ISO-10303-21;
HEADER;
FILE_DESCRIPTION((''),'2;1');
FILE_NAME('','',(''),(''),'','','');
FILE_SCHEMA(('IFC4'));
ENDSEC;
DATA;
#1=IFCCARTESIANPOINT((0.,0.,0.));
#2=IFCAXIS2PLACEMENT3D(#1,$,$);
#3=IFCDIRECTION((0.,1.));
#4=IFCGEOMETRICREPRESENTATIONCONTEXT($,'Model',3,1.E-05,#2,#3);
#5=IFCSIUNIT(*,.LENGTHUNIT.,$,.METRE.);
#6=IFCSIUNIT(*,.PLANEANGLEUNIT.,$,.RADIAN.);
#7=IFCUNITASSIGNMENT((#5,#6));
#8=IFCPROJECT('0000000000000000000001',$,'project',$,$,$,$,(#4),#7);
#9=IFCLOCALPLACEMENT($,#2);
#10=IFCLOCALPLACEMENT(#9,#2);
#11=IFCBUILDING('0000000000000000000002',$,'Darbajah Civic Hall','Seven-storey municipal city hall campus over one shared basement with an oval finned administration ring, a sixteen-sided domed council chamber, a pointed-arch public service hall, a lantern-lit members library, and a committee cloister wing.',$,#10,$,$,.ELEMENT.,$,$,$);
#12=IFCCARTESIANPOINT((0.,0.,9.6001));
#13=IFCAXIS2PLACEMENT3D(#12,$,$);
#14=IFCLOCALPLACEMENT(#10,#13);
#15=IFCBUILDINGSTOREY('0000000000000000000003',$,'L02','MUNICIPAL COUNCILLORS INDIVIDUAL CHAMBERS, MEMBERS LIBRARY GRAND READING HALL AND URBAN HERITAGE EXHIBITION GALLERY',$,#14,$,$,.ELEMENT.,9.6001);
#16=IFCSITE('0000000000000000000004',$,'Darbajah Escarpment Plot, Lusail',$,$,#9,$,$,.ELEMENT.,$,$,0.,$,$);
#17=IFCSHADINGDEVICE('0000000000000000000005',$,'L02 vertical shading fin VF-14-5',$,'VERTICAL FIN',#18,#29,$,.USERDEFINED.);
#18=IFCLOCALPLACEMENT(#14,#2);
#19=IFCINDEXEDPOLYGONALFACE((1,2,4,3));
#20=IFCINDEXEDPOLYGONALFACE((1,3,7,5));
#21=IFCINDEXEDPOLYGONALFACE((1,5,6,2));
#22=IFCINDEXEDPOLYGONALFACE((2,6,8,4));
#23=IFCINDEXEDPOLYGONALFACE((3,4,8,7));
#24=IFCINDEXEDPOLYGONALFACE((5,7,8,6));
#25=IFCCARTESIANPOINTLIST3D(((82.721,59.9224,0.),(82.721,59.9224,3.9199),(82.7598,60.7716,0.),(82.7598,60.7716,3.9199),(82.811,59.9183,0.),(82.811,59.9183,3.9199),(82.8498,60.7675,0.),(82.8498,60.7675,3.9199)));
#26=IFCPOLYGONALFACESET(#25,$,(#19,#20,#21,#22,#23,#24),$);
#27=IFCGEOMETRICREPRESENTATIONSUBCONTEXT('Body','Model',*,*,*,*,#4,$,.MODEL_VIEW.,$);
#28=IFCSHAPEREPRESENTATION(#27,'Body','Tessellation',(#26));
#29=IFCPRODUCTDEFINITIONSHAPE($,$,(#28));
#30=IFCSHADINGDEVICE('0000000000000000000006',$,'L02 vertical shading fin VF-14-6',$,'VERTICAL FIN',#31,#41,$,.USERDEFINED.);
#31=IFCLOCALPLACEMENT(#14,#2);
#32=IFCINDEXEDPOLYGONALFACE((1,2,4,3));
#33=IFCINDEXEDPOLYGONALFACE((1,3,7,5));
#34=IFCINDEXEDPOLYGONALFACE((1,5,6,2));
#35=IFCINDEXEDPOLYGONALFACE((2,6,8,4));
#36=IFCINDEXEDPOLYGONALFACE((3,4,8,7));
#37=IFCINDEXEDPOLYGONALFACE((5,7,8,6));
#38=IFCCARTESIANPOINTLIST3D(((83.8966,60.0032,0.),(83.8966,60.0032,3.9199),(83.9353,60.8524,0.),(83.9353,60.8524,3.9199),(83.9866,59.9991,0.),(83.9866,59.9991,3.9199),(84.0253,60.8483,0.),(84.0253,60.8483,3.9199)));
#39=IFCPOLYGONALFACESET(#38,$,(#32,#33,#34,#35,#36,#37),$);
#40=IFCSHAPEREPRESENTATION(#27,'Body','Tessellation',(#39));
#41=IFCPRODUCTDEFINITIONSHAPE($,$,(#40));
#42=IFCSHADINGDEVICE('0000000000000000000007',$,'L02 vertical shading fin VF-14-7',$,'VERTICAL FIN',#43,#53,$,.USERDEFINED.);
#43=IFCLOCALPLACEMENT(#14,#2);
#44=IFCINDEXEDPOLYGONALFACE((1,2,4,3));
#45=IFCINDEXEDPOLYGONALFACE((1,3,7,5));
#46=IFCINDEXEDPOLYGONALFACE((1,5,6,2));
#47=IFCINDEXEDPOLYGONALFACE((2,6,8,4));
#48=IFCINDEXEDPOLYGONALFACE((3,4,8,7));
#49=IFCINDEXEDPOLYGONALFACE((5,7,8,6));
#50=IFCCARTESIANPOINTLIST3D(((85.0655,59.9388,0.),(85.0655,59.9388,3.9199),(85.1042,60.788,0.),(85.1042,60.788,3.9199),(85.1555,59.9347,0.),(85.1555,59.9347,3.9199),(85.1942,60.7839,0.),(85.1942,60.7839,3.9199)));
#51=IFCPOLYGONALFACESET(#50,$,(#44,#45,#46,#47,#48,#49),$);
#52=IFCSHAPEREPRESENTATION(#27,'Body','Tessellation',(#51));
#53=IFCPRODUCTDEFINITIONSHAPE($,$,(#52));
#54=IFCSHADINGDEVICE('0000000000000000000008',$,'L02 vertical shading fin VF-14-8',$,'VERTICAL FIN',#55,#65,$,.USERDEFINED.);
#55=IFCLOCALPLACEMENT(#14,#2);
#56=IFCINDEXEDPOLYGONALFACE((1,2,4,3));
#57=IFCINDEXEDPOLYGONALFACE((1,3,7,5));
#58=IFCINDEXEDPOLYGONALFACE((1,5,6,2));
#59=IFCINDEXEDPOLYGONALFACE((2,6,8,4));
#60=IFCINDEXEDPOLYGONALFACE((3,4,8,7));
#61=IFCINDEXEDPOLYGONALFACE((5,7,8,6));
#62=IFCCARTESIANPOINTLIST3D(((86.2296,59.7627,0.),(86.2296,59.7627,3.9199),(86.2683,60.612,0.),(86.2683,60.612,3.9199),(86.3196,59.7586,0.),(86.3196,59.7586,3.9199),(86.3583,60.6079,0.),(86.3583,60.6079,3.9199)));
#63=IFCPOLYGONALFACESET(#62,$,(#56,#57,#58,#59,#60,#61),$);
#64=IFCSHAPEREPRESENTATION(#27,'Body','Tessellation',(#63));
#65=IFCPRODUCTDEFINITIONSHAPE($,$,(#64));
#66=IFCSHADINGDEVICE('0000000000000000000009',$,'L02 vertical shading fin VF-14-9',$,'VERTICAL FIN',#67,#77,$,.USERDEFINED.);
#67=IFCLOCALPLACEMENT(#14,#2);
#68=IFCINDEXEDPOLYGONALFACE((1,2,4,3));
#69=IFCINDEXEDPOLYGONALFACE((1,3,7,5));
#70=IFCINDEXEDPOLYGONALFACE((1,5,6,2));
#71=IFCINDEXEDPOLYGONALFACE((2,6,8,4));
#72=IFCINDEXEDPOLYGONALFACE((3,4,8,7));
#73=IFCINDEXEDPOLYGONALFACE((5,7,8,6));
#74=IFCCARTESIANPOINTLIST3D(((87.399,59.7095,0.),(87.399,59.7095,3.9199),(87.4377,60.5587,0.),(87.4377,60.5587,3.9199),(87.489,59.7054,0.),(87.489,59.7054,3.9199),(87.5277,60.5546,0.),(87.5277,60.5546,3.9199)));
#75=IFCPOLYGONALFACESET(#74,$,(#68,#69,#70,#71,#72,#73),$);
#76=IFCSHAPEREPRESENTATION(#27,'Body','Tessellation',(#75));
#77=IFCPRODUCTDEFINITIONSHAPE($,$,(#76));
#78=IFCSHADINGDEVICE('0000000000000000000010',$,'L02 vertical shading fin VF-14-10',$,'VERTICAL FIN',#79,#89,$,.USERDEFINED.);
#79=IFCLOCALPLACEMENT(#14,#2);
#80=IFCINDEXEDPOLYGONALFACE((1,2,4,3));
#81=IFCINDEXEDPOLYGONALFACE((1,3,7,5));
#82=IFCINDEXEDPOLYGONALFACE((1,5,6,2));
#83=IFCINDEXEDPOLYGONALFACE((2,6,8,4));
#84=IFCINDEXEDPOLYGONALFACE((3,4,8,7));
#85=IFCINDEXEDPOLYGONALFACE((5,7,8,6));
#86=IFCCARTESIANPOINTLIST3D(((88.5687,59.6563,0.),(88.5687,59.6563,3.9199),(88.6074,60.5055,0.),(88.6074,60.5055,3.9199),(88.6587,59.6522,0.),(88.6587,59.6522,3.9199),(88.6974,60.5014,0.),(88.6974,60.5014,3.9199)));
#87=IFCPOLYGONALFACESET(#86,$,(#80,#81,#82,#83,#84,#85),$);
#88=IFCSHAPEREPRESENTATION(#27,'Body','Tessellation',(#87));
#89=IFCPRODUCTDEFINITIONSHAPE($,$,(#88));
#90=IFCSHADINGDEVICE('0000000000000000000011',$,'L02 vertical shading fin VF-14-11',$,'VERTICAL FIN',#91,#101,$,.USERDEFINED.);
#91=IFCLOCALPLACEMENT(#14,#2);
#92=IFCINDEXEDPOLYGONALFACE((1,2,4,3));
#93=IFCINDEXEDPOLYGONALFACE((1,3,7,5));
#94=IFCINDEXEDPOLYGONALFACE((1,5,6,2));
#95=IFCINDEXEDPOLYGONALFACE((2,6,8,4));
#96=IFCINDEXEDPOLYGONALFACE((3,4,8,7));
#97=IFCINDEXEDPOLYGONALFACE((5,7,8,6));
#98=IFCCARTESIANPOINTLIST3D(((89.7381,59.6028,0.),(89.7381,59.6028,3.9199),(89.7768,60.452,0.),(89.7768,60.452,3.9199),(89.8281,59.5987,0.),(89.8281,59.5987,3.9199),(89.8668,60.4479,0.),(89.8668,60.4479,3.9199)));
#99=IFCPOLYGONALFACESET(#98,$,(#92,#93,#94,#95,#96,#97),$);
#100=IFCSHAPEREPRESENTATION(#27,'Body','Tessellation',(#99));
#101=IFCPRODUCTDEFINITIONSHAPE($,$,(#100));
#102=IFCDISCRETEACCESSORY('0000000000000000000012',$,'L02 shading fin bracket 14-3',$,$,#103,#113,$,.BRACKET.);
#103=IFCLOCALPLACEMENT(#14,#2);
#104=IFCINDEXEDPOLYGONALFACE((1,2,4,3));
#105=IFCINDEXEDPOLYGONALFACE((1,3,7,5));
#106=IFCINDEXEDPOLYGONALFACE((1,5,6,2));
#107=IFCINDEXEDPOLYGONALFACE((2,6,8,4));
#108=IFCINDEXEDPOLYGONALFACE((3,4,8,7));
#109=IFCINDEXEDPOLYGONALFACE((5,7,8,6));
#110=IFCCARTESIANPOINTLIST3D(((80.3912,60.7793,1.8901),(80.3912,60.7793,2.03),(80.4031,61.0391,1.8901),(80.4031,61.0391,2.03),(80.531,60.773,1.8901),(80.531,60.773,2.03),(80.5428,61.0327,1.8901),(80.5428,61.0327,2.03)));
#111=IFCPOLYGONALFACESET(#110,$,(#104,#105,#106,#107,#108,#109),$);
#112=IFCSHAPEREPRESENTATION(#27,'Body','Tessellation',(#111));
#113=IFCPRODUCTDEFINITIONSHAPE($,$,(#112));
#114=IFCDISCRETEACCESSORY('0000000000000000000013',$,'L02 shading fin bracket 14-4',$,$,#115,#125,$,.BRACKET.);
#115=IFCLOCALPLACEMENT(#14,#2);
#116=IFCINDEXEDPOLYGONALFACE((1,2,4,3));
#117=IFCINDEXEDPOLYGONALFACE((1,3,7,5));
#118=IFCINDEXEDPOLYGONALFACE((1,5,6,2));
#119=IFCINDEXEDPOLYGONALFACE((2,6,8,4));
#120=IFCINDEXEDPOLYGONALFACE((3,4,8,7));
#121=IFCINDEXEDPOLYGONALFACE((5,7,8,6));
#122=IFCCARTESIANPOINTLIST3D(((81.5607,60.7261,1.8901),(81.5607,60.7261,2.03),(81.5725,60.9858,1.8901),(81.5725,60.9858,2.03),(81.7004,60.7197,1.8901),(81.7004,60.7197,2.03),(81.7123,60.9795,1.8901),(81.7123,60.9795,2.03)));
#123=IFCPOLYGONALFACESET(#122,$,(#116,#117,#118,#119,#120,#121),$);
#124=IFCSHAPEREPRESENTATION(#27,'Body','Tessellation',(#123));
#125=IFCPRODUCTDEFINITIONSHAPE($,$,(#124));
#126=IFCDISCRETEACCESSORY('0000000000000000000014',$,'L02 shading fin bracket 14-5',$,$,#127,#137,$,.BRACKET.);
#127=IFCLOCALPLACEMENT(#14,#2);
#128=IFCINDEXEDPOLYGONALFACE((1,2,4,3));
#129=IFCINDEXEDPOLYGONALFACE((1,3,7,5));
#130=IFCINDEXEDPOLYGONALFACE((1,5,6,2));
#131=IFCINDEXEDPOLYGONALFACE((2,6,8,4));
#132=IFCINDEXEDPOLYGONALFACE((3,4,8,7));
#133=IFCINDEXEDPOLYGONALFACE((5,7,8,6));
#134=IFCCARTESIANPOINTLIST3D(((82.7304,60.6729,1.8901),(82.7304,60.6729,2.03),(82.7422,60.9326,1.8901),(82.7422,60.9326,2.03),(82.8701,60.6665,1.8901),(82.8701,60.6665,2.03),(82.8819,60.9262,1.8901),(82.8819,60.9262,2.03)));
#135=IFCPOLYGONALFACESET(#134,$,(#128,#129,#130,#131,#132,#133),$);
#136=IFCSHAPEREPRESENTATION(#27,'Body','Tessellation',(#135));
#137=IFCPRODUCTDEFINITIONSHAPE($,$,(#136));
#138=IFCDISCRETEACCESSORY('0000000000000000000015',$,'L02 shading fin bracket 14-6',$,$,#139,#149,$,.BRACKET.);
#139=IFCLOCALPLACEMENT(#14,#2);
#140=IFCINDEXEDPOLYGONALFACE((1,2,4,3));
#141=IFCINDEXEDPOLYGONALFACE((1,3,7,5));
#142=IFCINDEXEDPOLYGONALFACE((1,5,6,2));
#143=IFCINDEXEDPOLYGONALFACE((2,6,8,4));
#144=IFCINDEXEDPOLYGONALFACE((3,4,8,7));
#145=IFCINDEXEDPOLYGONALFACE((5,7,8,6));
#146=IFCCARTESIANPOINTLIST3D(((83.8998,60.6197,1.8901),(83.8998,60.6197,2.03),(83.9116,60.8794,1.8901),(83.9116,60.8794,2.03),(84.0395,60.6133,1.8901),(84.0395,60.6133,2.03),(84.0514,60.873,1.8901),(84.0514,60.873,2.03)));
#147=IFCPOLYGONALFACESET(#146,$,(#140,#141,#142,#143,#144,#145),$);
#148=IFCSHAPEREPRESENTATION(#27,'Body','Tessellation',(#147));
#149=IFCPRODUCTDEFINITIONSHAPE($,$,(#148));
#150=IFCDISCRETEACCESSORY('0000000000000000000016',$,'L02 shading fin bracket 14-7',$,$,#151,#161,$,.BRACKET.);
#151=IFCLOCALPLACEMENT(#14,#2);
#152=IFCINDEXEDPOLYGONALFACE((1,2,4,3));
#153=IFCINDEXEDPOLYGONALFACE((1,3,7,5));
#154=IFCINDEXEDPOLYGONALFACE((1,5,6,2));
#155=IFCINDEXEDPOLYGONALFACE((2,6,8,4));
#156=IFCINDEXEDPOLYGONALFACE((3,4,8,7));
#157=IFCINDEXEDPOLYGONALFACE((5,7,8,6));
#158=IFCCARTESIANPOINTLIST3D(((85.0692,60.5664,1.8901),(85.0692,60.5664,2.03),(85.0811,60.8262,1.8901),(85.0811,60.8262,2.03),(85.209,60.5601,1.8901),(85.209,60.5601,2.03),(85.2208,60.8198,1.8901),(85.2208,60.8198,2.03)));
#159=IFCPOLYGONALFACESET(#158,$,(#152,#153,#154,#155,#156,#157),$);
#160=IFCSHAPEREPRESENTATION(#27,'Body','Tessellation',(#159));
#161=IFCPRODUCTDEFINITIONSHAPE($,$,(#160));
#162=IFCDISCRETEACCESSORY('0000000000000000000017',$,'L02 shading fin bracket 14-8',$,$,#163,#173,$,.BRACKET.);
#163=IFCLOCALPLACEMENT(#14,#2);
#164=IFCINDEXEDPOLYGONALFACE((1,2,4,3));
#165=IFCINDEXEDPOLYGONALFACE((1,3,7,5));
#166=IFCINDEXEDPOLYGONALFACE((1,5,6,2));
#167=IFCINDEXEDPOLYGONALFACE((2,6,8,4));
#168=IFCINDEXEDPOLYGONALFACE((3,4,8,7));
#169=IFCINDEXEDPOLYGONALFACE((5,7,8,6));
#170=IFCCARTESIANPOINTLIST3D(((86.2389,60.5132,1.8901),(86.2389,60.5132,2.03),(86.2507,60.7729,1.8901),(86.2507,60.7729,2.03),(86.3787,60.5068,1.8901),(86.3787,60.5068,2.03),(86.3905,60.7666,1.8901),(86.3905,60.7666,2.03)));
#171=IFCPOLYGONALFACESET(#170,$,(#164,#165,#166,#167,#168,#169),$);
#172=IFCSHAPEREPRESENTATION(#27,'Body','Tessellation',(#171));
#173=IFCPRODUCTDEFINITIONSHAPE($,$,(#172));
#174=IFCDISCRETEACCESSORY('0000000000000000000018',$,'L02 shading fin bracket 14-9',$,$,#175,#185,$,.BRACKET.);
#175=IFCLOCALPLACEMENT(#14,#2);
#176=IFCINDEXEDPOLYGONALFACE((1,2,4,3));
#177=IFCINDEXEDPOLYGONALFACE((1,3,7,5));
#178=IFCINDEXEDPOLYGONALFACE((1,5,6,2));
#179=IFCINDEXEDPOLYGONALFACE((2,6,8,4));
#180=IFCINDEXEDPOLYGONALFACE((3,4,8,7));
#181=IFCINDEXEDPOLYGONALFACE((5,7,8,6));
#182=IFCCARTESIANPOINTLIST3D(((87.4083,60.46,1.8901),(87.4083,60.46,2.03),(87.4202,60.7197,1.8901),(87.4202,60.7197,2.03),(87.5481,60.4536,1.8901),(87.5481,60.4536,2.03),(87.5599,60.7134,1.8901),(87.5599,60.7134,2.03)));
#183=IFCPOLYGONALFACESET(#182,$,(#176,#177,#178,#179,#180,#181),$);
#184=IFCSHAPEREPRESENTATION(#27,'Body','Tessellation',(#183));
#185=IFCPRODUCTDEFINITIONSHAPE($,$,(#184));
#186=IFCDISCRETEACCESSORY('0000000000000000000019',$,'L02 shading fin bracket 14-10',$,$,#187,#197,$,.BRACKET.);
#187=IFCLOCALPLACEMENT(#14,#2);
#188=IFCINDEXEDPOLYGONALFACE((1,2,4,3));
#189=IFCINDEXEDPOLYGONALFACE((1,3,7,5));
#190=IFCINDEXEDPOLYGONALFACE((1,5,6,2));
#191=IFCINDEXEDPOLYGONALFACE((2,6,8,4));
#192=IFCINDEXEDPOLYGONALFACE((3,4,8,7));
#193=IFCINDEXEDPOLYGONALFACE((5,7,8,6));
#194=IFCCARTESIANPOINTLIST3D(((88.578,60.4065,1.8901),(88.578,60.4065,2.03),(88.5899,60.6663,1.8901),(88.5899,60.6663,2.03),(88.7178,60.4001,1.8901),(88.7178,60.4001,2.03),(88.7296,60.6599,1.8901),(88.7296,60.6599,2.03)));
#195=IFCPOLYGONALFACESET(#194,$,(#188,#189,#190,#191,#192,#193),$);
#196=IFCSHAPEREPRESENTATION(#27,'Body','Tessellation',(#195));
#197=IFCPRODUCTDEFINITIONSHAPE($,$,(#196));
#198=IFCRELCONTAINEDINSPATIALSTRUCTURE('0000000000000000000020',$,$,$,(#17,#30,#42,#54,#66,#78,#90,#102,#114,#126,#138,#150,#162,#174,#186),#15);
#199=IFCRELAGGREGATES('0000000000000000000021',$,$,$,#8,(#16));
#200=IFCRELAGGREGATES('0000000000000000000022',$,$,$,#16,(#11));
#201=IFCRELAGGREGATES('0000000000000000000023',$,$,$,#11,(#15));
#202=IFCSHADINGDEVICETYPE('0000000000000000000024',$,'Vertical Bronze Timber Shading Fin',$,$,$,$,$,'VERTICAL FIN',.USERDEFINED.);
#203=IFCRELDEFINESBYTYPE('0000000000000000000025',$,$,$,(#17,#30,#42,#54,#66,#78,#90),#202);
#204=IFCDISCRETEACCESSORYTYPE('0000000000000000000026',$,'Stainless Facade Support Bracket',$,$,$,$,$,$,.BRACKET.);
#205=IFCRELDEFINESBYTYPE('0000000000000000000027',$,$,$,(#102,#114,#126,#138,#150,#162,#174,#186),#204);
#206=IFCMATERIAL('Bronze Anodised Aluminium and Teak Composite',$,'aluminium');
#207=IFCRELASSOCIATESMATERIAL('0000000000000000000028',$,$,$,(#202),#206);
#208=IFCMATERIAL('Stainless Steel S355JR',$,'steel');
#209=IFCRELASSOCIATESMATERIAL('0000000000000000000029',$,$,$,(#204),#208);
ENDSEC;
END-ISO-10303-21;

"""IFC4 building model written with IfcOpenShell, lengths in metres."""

from ifc_helpers import new_model, si_unit, direction, frame, origin, origin_2d, place, context, subcontext, project, spatial, rectangle, extrude, material, type_object, element, save


model = new_model("IFC4")

# Units and contexts
model_context = context("Model", 3, precision=1e-05, world=origin(), true_north=direction((0.0, 1.0)))
body_context = subcontext(model_context, "Body", "Model", "MODEL_VIEW")
ifc_project = project(units=[si_unit("LENGTHUNIT", "METRE"), si_unit("PLANEANGLEUNIT", "RADIAN")], contexts=[model_context])

# Site, building, storey
site_placement = place(None, origin())
site = spatial("IfcSite", under=ifc_project, at=site_placement, Name="Darbajah Escarpment Plot, Lusail", CompositionType="ELEMENT", RefElevation=0.0)
building_placement = place(site_placement, origin())
building = spatial("IfcBuilding", under=site, at=building_placement, Name="Darbajah Civic Hall", Description="Seven-storey municipal city hall campus over one shared basement with an oval finned administration ring, a sixteen-sided domed council chamber, a pointed-arch public service hall, a lantern-lit members library, and a committee cloister wing.", CompositionType="ELEMENT")
storey_placement = place(building_placement, frame((0.0, 0.0, 9.6001)))
storey = spatial("IfcBuildingStorey", under=building, at=storey_placement, Name="L02", Description="MUNICIPAL COUNCILLORS INDIVIDUAL CHAMBERS, MEMBERS LIBRARY GRAND READING HALL AND URBAN HERITAGE EXHIBITION GALLERY", CompositionType="ELEMENT", Elevation=9.6001)

# Shading devices
ifc_material_1 = material(Name="Bronze Anodised Aluminium and Teak Composite", Category="aluminium")
shading_device_type = type_object("IfcShadingDeviceType", Name="Vertical Bronze Timber Shading Fin", ElementType="VERTICAL FIN", PredefinedType="USERDEFINED", material=ifc_material_1)
for number, where, z_axis, x_axis, name in (
    (1, (82.7854, 60.345, 0.0), (0.0, 0.0, 1.0), (-0.045537, -0.998963, 0.0), "L02 vertical shading fin VF-14-5"),
    (2, (83.9609, 60.4258, 0.0), (0.0, 0.0, 1.0), (-0.045537, -0.998963, 0.0), "L02 vertical shading fin VF-14-6"),
    (3, (85.1299, 60.3613, 0.0), (0.0, 0.0, 1.0), (-0.045537, -0.998963, 0.0), "L02 vertical shading fin VF-14-7"),
    (4, (86.2939, 60.1853, 0.0), (0.0, 0.0, 1.0), (-0.045537, -0.998963, 0.0), "L02 vertical shading fin VF-14-8"),
    (5, (87.4634, 60.1321, 0.0), (0.0, 0.0, 1.0), (-0.045537, -0.998963, 0.0), "L02 vertical shading fin VF-14-9"),
    (6, (88.6331, 60.0789, 0.0), (0.0, 0.0, 1.0), (-0.045537, -0.998963, 0.0), "L02 vertical shading fin VF-14-10"),
    (7, (89.8025, 60.0254, 0.0), (0.0, 0.0, 1.0), (-0.045537, -0.998963, 0.0), "L02 vertical shading fin VF-14-11"),
):
    element("IfcShadingDevice", number, at=place(storey_placement, frame(where, z_axis=z_axis, x_axis=x_axis)), inside=storey, type_object=shading_device_type, Name=name, ObjectType="VERTICAL FIN", PredefinedType="USERDEFINED", context=body_context, shape_type="SweptSolid", body=[
        extrude(rectangle(XDim=0.8501, YDim=0.0901, at=origin_2d()), origin(), (0.0, 0.0, 1.0), 3.9199),
    ])

# Discrete accessories
ifc_material_2 = material(Name="Stainless Steel S355JR", Category="steel")
discrete_accessory_type = type_object("IfcDiscreteAccessoryType", Name="Stainless Facade Support Bracket", PredefinedType="BRACKET", material=ifc_material_2)
for number, where, z_axis, x_axis, name in (
    (8, (80.467, 60.906, 1.8901), (0.0, 0.0, 1.0), (-0.045537, -0.998963, 0.0), "L02 shading fin bracket 14-3"),
    (9, (81.6365, 60.8528, 1.8901), (0.0, 0.0, 1.0), (-0.045537, -0.998963, 0.0), "L02 shading fin bracket 14-4"),
    (10, (82.8062, 60.7996, 1.8901), (0.0, 0.0, 1.0), (-0.045537, -0.998963, 0.0), "L02 shading fin bracket 14-5"),
    (11, (83.9756, 60.7463, 1.8901), (0.0, 0.0, 1.0), (-0.045537, -0.998963, 0.0), "L02 shading fin bracket 14-6"),
    (12, (85.145, 60.6931, 1.8901), (0.0, 0.0, 1.0), (-0.045537, -0.998963, 0.0), "L02 shading fin bracket 14-7"),
    (13, (86.3147, 60.6399, 1.8901), (0.0, 0.0, 1.0), (-0.045537, -0.998963, 0.0), "L02 shading fin bracket 14-8"),
    (14, (87.4841, 60.5867, 1.8901), (0.0, 0.0, 1.0), (-0.045537, -0.998963, 0.0), "L02 shading fin bracket 14-9"),
    (15, (88.6538, 60.5332, 1.8901), (0.0, 0.0, 1.0), (-0.045537, -0.998963, 0.0), "L02 shading fin bracket 14-10"),
):
    element("IfcDiscreteAccessory", number, at=place(storey_placement, frame(where, z_axis=z_axis, x_axis=x_axis)), inside=storey, type_object=discrete_accessory_type, Name=name, PredefinedType="BRACKET", context=body_context, shape_type="SweptSolid", body=[
        extrude(rectangle(XDim=0.26, YDim=0.1399, at=origin_2d()), origin(), (0.0, 0.0, 1.0), 0.1399),
    ])

save(model, "model.ifc")
